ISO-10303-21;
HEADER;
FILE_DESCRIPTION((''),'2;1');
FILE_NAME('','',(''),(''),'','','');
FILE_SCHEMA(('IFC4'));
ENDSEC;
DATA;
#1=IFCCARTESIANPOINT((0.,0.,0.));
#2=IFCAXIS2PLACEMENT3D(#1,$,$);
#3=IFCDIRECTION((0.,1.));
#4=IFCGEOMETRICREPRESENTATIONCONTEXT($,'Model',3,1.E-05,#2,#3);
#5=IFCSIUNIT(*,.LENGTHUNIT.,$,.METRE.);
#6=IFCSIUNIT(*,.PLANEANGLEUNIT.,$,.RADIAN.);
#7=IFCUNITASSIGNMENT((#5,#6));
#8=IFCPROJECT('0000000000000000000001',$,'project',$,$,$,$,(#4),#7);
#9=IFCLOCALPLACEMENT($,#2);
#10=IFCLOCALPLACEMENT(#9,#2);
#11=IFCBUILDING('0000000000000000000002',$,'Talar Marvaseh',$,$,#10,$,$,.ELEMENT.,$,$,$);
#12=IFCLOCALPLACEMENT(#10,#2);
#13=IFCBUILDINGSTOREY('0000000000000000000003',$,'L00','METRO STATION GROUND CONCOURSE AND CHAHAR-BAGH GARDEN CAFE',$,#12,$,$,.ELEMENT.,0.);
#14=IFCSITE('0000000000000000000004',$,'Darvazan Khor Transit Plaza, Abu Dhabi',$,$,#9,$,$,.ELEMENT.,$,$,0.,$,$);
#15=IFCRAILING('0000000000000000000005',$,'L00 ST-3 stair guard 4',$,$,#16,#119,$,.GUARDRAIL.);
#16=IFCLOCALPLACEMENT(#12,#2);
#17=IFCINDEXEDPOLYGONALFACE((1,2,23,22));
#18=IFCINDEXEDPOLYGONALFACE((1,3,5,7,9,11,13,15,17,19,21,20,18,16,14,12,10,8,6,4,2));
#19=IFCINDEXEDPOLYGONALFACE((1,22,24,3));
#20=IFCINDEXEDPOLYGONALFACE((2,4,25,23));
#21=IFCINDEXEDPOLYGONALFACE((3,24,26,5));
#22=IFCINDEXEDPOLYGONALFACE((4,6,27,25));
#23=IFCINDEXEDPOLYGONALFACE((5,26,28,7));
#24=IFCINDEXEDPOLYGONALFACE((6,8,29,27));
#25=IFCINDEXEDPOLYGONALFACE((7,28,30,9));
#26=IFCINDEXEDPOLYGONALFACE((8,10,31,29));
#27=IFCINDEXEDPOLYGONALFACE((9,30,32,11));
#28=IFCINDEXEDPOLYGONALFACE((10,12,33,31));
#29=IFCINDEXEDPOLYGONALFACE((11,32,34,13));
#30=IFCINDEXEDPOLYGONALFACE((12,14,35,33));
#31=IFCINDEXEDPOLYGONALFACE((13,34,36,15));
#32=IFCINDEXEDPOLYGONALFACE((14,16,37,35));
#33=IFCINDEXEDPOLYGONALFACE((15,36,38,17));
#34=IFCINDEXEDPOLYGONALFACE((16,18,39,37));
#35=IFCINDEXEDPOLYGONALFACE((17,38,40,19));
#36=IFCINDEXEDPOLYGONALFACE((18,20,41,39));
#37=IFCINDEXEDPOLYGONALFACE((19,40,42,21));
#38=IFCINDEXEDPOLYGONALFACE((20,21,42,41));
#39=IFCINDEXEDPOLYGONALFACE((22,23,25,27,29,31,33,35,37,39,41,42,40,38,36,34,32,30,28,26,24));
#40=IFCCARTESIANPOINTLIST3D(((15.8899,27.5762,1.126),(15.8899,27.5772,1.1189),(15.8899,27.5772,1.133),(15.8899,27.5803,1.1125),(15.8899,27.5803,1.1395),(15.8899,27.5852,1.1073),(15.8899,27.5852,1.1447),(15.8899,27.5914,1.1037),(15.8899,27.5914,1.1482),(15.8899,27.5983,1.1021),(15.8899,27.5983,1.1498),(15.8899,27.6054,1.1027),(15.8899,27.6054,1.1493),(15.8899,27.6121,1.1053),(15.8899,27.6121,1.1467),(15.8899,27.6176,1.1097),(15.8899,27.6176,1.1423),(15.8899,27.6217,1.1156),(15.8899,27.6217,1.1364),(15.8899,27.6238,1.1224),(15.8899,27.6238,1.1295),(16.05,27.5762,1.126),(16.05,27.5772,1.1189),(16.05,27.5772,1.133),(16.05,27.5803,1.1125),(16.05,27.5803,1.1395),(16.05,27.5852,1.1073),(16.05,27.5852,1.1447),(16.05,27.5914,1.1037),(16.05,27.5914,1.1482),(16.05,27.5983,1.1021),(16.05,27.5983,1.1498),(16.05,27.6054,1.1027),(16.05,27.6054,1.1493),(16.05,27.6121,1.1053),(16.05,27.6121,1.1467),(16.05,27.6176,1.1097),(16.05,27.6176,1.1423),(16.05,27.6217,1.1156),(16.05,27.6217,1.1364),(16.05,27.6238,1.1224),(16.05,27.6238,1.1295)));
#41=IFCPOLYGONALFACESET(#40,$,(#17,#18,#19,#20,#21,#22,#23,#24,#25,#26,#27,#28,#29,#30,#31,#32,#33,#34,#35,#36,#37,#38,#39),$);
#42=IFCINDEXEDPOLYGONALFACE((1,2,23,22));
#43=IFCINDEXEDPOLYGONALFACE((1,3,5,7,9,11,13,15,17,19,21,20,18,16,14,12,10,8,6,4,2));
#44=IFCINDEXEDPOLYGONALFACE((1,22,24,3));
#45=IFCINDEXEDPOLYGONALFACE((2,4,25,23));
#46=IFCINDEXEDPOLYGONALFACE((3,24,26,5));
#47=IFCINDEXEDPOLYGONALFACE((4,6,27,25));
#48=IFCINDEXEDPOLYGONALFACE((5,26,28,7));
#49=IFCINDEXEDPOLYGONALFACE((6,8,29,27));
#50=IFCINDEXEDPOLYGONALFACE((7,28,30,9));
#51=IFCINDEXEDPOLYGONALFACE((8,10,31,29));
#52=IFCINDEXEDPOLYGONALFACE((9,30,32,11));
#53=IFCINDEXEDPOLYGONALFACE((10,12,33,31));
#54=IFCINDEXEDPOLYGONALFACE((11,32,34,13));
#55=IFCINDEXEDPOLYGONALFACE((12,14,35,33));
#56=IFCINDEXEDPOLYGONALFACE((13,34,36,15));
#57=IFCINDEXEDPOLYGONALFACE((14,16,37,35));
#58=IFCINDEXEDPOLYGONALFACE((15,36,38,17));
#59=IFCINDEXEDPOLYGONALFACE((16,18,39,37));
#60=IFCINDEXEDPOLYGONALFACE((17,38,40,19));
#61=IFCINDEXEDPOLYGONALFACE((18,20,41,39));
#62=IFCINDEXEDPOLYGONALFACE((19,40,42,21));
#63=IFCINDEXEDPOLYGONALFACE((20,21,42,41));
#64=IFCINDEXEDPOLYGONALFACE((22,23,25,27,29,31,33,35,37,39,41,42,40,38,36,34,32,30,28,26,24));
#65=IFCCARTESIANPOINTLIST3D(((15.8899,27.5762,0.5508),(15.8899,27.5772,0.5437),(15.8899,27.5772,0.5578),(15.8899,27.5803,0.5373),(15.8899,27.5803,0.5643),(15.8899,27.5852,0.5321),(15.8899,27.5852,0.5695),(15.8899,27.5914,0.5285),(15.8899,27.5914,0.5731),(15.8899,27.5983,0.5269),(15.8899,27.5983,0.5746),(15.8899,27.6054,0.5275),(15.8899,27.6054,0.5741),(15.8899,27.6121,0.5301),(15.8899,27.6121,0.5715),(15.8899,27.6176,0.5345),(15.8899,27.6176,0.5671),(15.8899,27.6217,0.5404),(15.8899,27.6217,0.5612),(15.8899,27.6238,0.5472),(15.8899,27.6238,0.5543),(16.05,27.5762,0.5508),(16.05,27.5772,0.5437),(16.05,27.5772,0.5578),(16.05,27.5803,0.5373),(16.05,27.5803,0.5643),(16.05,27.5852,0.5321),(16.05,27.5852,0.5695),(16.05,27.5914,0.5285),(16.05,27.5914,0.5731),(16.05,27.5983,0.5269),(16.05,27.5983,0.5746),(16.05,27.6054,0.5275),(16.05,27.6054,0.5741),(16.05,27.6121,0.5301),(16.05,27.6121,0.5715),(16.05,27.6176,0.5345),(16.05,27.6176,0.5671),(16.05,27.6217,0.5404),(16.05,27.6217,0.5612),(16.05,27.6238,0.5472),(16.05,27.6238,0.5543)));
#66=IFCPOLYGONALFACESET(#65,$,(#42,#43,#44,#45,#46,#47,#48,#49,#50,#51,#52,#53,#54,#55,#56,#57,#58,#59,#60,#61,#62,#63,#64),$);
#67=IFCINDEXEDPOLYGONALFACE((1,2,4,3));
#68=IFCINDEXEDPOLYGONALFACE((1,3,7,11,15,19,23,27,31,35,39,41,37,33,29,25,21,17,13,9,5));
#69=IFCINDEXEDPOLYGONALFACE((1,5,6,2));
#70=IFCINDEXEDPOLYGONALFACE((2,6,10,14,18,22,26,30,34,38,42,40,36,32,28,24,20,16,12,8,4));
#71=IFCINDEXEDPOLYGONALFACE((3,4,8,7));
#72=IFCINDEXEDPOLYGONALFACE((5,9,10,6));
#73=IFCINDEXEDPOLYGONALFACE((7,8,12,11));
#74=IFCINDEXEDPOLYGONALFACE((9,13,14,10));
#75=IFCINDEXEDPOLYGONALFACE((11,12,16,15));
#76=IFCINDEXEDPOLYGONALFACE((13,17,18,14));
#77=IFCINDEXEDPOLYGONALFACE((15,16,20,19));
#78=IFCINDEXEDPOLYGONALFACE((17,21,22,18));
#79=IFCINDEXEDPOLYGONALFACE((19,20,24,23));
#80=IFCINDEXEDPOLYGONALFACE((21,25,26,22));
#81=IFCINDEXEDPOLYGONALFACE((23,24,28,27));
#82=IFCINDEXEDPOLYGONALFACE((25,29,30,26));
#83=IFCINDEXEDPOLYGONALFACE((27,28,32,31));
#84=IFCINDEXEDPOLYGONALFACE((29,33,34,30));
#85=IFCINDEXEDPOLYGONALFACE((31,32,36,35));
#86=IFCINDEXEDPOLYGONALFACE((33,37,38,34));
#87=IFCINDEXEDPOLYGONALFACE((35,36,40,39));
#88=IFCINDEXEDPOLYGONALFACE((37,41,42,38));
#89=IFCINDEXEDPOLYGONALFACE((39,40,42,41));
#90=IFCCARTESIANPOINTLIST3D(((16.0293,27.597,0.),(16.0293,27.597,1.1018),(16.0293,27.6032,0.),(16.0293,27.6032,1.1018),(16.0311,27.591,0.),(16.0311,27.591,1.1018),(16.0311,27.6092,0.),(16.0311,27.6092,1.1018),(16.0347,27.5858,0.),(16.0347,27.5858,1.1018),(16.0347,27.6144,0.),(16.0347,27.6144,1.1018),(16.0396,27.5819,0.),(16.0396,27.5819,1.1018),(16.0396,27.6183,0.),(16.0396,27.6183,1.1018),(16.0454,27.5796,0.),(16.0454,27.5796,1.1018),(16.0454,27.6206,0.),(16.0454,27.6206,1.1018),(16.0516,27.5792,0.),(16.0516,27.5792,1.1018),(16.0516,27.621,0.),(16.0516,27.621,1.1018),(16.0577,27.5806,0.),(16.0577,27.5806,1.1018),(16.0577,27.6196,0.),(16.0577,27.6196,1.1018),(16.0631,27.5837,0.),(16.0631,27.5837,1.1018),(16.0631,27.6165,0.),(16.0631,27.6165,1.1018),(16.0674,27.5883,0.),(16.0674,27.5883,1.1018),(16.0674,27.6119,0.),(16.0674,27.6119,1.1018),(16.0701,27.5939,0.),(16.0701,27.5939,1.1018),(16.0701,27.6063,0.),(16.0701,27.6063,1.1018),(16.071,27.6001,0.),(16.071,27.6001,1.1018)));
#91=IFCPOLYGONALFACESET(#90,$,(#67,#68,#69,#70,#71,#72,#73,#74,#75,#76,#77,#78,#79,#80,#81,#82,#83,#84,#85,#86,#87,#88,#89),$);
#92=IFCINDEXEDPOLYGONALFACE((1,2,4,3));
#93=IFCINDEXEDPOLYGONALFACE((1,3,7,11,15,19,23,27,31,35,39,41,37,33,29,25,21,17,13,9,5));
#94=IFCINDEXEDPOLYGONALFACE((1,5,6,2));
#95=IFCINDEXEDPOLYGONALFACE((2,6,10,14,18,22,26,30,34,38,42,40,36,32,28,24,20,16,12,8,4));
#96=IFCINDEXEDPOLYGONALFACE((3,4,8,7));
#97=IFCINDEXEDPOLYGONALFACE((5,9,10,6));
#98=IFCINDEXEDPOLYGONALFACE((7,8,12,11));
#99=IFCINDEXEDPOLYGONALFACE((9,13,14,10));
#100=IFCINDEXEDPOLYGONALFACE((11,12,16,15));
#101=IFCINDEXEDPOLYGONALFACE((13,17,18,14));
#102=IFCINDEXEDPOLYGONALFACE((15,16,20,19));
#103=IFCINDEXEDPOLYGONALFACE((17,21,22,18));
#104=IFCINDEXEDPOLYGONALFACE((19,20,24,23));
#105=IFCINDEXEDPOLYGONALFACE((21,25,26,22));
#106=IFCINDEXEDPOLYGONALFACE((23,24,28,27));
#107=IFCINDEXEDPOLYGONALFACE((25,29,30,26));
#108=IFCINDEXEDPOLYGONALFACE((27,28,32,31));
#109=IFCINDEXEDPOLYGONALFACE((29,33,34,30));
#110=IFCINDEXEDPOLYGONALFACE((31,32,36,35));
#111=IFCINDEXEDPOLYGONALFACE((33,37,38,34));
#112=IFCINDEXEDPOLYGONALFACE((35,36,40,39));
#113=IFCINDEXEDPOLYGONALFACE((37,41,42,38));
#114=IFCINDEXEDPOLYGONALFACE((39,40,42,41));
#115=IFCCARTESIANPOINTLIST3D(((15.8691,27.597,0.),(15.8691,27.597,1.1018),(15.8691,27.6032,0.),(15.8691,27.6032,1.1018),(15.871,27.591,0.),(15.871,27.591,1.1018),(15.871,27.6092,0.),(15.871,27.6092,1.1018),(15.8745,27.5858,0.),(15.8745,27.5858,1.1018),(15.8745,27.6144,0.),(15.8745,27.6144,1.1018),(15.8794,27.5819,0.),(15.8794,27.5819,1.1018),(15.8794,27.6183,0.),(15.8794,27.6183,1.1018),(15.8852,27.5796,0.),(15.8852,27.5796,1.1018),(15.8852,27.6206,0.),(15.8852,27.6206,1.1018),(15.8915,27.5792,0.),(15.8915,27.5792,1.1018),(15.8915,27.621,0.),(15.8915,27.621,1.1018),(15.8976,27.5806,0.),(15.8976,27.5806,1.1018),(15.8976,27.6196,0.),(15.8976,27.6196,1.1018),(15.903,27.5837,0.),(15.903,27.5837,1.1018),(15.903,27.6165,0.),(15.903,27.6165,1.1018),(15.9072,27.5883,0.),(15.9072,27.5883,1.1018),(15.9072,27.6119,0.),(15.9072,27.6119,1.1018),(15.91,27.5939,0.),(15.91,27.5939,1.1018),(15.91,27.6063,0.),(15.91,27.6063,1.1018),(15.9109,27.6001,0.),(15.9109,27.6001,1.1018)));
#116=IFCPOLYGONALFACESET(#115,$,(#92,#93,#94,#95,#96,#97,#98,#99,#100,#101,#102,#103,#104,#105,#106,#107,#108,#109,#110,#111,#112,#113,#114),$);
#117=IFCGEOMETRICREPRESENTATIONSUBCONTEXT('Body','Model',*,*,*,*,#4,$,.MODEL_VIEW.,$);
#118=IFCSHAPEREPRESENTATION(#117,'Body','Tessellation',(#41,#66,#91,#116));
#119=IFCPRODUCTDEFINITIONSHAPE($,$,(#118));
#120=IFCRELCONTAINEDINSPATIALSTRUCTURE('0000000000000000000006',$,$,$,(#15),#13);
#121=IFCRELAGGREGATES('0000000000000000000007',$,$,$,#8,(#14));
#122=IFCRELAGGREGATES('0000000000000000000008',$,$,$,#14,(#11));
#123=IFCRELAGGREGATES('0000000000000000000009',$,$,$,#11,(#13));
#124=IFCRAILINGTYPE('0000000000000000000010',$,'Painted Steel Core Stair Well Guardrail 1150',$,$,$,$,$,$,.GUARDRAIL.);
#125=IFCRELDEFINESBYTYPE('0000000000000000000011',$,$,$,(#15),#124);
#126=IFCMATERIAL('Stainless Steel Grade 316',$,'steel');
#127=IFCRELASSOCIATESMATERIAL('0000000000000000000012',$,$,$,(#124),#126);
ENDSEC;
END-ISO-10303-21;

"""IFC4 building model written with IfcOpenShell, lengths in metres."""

from ifc_helpers import new_model, si_unit, direction, frame, origin, origin_2d, place, context, subcontext, project, spatial, circle, extrude, material, type_object, element, save


model = new_model("IFC4")

# Units and contexts
model_context = context("Model", 3, precision=1e-05, world=origin(), true_north=direction((0.0, 1.0)))
body_context = subcontext(model_context, "Body", "Model", "MODEL_VIEW")
ifc_project = project(units=[si_unit("LENGTHUNIT", "METRE"), si_unit("PLANEANGLEUNIT", "RADIAN")], contexts=[model_context])

# Site, building, storey
site_placement = place(None, origin())
site = spatial("IfcSite", under=ifc_project, at=site_placement, Name="Darvazan Khor Transit Plaza, Abu Dhabi", CompositionType="ELEMENT", RefElevation=0.0)
building_placement = place(site_placement, origin())
building = spatial("IfcBuilding", under=site, at=building_placement, Name="Talar Marvaseh", CompositionType="ELEMENT")
storey_placement = place(building_placement, origin())
storey = spatial("IfcBuildingStorey", under=building, at=storey_placement, Name="L00", Description="METRO STATION GROUND CONCOURSE AND CHAHAR-BAGH GARDEN CAFE", CompositionType="ELEMENT", Elevation=0.0)

# Shared definitions
ifc_material_1 = material(Name="Stainless Steel Grade 316", Category="steel")

# Railing
railing_type_1 = type_object("IfcRailingType", Name="Painted Steel Core Stair Well Guardrail 1150", PredefinedType="GUARDRAIL", material=ifc_material_1)
railing_1_placement = place(storey_placement, frame((16.05, 27.6001, 0.0)))
element("IfcRailing", 1, at=railing_1_placement, inside=storey, type_object=railing_type_1, Name="L00 ST-3 stair guard 4", PredefinedType="GUARDRAIL", context=body_context, shape_type="SweptSolid", body=[
    extrude(circle(Radius=0.0239, at=origin_2d()), frame((0.0, 0.0, 1.126), z_axis=(-1.0, 0.0, 0.0), x_axis=(0.0, -1.0, 0.0)), (0.0, 0.0, 1.0), 0.1602),
    extrude(circle(Radius=0.0239, at=origin_2d()), frame((0.0, 0.0, 0.5508), z_axis=(-1.0, 0.0, 0.0), x_axis=(0.0, -1.0, 0.0)), (0.0, 0.0, 1.0), 0.1602),
    extrude(circle(Radius=0.021, at=origin_2d()), origin(), (0.0, 0.0, 1.0), 1.1018),
    extrude(circle(Radius=0.021, at=origin_2d()), frame((-0.1602, 0.0, 0.0)), (0.0, 0.0, 1.0), 1.1018),
])

save(model, "model.ifc")
